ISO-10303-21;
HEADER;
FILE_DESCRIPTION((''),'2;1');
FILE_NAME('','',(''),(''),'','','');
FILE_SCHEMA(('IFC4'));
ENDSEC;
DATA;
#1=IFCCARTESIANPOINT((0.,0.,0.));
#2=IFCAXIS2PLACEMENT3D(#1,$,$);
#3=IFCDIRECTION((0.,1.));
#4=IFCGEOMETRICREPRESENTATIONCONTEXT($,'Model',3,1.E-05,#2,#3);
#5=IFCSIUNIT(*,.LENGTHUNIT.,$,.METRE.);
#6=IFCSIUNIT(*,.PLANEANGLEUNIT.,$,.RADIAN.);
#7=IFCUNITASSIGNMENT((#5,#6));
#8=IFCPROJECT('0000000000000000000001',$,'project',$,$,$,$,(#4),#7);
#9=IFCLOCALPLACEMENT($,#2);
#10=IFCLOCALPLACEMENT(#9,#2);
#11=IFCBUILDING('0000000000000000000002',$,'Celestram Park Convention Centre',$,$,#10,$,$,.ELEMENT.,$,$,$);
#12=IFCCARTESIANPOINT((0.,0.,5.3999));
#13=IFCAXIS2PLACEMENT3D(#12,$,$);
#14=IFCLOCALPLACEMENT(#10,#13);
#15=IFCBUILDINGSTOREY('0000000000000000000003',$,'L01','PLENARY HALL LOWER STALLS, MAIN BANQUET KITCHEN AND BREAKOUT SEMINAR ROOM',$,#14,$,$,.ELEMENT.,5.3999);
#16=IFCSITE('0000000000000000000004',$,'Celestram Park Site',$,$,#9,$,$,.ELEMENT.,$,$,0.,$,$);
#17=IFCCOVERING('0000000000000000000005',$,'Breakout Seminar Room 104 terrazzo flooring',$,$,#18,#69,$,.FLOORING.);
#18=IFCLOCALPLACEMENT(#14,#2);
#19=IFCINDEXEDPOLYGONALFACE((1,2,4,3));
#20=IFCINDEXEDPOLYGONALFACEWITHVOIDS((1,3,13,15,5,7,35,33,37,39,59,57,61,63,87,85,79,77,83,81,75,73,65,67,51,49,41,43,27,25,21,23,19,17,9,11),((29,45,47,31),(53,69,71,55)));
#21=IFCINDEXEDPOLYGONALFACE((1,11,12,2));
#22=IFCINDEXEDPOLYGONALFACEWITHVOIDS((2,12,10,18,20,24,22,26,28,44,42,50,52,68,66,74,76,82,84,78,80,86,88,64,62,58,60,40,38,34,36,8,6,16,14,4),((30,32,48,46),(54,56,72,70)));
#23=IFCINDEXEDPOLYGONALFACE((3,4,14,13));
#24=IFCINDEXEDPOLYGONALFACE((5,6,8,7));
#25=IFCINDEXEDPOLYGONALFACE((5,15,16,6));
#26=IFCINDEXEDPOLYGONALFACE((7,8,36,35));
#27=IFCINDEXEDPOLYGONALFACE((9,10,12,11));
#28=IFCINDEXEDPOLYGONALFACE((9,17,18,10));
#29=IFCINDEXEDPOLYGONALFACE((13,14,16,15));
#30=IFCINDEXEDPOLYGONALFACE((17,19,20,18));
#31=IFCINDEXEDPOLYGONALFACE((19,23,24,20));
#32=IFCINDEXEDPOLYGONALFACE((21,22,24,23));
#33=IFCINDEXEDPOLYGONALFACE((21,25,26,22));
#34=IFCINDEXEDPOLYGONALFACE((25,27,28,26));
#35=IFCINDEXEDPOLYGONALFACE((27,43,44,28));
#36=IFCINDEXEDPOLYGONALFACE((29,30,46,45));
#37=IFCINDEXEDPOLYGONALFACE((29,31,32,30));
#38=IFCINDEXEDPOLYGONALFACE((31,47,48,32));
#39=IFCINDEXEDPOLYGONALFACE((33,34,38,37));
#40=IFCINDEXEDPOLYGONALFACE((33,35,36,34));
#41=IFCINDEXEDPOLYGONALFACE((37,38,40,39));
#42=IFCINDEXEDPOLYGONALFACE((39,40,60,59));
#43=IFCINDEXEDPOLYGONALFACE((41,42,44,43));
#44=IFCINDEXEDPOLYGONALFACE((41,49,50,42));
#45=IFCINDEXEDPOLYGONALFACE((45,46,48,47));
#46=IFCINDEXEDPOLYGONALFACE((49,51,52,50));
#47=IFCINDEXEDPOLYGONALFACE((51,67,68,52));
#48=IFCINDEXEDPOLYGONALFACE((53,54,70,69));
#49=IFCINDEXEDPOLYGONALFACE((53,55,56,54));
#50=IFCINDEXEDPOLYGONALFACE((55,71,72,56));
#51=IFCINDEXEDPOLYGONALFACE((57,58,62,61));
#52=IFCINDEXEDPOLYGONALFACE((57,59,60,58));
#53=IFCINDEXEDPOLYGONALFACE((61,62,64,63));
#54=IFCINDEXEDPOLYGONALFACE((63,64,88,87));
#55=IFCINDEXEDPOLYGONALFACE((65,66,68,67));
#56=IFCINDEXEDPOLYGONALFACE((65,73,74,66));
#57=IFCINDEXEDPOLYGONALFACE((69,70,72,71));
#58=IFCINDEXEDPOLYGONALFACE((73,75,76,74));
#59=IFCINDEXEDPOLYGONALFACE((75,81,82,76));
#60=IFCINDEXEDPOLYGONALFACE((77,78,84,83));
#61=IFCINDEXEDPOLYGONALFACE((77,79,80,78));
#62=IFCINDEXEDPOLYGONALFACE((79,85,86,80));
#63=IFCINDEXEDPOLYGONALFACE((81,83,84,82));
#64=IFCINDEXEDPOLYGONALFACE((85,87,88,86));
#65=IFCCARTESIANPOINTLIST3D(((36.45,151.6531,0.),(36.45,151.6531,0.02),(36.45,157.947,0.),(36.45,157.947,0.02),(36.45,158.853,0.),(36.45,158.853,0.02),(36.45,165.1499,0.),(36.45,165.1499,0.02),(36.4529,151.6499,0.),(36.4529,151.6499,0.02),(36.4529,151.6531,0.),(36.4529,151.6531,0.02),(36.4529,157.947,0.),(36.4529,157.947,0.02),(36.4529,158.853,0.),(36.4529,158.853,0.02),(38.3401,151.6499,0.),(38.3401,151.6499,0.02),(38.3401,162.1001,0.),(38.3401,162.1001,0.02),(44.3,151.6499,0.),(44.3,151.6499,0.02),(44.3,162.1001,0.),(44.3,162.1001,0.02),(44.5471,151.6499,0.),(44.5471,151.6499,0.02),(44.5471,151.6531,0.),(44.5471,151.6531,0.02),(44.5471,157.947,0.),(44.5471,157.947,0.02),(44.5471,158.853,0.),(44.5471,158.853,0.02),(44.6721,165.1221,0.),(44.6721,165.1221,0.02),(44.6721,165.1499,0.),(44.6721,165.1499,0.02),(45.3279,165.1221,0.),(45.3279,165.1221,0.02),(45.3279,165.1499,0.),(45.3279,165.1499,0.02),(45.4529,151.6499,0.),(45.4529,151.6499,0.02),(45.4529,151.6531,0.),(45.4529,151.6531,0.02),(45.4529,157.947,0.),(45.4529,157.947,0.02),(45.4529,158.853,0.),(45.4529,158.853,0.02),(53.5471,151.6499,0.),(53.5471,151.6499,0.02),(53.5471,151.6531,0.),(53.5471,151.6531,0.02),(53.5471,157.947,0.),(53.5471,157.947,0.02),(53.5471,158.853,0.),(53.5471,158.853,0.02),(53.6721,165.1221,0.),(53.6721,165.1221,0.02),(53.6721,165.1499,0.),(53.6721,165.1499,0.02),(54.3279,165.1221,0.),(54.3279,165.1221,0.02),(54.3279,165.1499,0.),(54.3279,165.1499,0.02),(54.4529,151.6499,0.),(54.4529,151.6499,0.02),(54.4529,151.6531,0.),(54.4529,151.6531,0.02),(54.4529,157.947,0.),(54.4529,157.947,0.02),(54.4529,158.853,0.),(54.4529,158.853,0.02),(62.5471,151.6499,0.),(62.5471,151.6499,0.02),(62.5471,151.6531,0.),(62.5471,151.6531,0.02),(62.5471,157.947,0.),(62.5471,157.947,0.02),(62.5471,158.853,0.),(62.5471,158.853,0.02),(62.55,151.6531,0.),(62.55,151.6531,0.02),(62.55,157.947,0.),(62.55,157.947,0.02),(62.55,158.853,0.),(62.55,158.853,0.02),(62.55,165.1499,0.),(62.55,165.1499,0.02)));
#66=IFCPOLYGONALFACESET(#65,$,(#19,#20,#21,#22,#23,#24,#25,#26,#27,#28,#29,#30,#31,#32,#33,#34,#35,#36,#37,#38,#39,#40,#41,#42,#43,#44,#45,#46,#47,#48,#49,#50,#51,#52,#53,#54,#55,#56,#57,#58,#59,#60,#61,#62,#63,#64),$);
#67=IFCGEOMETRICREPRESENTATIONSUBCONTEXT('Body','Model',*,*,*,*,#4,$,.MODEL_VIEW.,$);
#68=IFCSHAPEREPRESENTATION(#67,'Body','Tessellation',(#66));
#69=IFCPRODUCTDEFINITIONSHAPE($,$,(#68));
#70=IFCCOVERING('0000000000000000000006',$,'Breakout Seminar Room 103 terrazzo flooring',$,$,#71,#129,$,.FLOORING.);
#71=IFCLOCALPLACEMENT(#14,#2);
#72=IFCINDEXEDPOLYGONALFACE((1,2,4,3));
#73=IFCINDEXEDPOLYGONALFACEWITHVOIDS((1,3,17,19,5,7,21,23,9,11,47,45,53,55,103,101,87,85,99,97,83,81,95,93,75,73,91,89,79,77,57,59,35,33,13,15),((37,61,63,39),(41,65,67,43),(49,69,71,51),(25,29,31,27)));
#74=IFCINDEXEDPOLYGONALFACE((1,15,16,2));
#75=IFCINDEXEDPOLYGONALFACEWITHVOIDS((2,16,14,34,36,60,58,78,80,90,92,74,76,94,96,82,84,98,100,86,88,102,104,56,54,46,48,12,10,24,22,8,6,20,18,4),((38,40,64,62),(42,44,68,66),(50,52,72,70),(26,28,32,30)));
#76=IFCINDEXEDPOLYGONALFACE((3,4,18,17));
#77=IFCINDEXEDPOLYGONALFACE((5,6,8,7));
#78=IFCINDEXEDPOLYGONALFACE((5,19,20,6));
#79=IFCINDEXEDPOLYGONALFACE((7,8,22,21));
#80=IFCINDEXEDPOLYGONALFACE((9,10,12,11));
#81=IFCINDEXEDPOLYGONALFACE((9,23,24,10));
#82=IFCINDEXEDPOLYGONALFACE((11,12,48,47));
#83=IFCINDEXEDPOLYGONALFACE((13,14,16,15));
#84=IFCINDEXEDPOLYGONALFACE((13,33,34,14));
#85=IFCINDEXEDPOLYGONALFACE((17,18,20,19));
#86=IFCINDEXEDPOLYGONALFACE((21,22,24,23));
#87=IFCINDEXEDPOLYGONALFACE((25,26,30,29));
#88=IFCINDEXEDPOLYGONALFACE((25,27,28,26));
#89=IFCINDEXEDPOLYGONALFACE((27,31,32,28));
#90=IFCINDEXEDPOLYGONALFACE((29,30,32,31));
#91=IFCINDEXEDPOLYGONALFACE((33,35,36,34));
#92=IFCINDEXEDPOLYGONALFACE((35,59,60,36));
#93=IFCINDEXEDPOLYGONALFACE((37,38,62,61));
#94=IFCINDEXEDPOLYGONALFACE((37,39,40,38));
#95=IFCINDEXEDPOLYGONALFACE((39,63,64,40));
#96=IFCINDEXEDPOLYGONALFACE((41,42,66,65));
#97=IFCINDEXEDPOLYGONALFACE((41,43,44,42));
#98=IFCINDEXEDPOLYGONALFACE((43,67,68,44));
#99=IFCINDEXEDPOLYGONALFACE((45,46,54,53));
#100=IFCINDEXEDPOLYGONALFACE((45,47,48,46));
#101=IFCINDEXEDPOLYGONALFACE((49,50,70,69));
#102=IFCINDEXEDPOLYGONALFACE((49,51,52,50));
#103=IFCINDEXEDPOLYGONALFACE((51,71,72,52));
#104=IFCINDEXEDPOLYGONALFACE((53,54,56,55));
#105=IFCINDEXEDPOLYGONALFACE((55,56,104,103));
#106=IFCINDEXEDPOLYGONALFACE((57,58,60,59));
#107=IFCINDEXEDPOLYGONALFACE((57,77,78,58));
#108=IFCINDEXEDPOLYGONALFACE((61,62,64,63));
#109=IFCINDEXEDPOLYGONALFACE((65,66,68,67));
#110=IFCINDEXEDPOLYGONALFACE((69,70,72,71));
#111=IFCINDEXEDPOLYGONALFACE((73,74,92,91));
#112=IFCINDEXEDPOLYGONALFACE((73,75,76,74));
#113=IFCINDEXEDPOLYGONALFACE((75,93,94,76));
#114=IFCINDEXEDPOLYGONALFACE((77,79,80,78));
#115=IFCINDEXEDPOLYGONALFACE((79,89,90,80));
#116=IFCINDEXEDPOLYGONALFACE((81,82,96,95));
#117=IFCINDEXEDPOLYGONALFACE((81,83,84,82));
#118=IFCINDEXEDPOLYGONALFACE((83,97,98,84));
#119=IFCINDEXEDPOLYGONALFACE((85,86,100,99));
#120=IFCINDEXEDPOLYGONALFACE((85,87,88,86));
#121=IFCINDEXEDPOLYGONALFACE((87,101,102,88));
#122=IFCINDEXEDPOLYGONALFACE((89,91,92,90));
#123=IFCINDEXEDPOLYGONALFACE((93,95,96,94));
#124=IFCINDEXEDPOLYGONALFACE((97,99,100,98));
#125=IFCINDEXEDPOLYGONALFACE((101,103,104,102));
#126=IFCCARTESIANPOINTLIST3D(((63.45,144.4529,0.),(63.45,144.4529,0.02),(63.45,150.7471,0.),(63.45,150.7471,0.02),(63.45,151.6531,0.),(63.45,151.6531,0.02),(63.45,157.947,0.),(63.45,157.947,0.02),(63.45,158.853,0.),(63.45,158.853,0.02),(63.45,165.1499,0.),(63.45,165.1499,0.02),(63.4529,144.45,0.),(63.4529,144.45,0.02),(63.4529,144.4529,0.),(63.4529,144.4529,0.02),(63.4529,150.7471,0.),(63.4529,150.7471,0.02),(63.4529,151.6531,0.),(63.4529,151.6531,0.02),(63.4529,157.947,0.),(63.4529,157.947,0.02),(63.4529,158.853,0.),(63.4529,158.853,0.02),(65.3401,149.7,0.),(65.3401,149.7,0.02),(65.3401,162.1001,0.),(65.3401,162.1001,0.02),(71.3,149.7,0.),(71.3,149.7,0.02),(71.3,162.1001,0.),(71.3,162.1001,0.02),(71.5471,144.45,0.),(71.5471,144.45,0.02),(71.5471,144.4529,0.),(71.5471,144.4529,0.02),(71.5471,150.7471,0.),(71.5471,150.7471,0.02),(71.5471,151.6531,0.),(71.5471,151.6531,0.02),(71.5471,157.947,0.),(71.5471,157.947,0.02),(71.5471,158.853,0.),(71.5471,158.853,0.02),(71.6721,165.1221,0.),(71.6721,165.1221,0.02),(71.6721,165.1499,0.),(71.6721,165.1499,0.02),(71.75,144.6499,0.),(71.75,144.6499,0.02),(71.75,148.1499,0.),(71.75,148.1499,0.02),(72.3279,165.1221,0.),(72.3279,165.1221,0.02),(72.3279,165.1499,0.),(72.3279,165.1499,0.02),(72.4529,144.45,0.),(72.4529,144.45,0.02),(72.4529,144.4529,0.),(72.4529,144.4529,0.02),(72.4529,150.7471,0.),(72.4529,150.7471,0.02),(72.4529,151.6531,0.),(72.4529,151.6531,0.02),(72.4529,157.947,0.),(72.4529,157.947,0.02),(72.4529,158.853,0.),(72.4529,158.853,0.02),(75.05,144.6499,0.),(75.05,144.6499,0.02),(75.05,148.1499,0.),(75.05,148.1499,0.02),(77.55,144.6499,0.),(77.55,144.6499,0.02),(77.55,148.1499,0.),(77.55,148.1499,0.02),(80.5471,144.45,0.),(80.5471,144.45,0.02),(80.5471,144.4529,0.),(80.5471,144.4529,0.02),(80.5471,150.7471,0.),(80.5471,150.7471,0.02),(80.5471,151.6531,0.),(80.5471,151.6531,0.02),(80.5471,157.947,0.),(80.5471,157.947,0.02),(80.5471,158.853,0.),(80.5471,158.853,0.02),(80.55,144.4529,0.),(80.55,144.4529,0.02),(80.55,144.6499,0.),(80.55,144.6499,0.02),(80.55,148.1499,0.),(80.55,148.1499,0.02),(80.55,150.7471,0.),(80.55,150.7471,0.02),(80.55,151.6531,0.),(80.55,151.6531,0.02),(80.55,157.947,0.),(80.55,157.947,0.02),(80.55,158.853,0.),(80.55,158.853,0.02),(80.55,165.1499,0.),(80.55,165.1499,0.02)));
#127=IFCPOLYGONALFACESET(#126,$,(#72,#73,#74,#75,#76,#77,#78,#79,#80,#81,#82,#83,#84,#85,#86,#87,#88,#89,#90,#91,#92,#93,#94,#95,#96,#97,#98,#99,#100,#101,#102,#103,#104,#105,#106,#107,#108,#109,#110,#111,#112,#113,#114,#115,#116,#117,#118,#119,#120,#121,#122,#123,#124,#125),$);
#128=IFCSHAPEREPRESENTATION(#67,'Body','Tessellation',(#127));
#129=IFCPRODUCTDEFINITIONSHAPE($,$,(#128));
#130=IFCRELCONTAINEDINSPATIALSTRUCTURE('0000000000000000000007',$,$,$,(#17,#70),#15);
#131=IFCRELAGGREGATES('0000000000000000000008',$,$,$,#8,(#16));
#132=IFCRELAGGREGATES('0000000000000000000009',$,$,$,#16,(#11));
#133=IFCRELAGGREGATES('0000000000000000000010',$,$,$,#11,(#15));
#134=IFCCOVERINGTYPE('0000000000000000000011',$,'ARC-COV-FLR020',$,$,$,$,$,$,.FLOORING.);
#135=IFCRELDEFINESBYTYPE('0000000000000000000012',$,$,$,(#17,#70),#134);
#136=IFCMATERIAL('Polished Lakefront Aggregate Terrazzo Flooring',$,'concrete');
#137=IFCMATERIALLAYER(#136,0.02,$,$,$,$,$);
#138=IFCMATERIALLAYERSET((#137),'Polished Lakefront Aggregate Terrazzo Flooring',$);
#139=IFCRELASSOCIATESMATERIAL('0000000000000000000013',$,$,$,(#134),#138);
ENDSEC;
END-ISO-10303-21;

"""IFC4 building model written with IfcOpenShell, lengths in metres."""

from ifc_helpers import new_model, si_unit, direction, frame, origin, place, context, subcontext, project, spatial, polyline, outline, extrude, material, layer, layer_set, type_object, element, save


model = new_model("IFC4")

# Units and contexts
model_context = context("Model", 3, precision=1e-05, world=origin(), true_north=direction((0.0, 1.0)))
body_context = subcontext(model_context, "Body", "Model", "MODEL_VIEW")
ifc_project = project(units=[si_unit("LENGTHUNIT", "METRE"), si_unit("PLANEANGLEUNIT", "RADIAN")], contexts=[model_context])

# Site, building, storey
site_placement = place(None, origin())
site = spatial("IfcSite", under=ifc_project, at=site_placement, Name="Celestram Park Site", CompositionType="ELEMENT", RefElevation=0.0)
building_placement = place(site_placement, origin())
building = spatial("IfcBuilding", under=site, at=building_placement, Name="Celestram Park Convention Centre", CompositionType="ELEMENT")
storey_placement = place(building_placement, frame((0.0, 0.0, 5.3999)))
storey = spatial("IfcBuildingStorey", under=building, at=storey_placement, Name="L01", Description="PLENARY HALL LOWER STALLS, MAIN BANQUET KITCHEN AND BREAKOUT SEMINAR ROOM", CompositionType="ELEMENT", Elevation=5.3999)

# Coverings
ifc_material_1 = material(Name="Polished Lakefront Aggregate Terrazzo Flooring", Category="concrete")
ifc_layer_1 = layer(ifc_material_1, 0.02)
ifc_layer_set_1 = layer_set([ifc_layer_1], Name="Polished Lakefront Aggregate Terrazzo Flooring")
covering_type_1 = type_object("IfcCoveringType", Name="ARC-COV-FLR020", PredefinedType="FLOORING", material=ifc_layer_set_1)
covering_1_placement = place(storey_placement, origin())
element("IfcCovering", 1, at=covering_1_placement, inside=storey, type_object=covering_type_1, Name="Breakout Seminar Room 104 terrazzo flooring", PredefinedType="FLOORING", context=body_context, shape_type="SweptSolid", body=[
    extrude(outline(polyline([(44.6721, 165.1499), (44.6721, 165.1221), (45.3279, 165.1221), (45.3279, 165.1499), (53.6721, 165.1499), (53.6721, 165.1221), (54.3279, 165.1221), (54.3279, 165.1499), (62.55, 165.1499), (62.55, 158.853), (62.5471, 158.853), (62.5471, 157.947), (62.55, 157.947), (62.55, 151.6531), (62.5471, 151.6531), (62.5471, 151.6499), (54.4529, 151.6499), (54.4529, 151.6531), (53.5471, 151.6531), (53.5471, 151.6499), (45.4529, 151.6499), (45.4529, 151.6531), (44.5471, 151.6531), (44.5471, 151.6499), (44.3, 151.6499), (44.3, 162.1001), (38.3401, 162.1001), (38.3401, 151.6499), (36.4529, 151.6499), (36.4529, 151.6531), (36.45, 151.6531), (36.45, 157.947), (36.4529, 157.947), (36.4529, 158.853), (36.45, 158.853), (36.45, 165.1499), (44.6721, 165.1499)]), holes=[polyline([(45.4529, 158.853), (44.5471, 158.853), (44.5471, 157.947), (45.4529, 157.947), (45.4529, 158.853)]), polyline([(54.4529, 158.853), (53.5471, 158.853), (53.5471, 157.947), (54.4529, 157.947), (54.4529, 158.853)])]), origin(), (0.0, 0.0, 1.0), 0.02),
])
covering_2_placement = place(storey_placement, origin())
element("IfcCovering", 2, at=covering_2_placement, inside=storey, type_object=covering_type_1, Name="Breakout Seminar Room 103 terrazzo flooring", PredefinedType="FLOORING", context=body_context, shape_type="SweptSolid", body=[
    extrude(outline(polyline([(63.45, 150.7471), (63.4529, 150.7471), (63.4529, 151.6531), (63.45, 151.6531), (63.45, 157.947), (63.4529, 157.947), (63.4529, 158.853), (63.45, 158.853), (63.45, 165.1499), (71.6721, 165.1499), (71.6721, 165.1221), (72.3279, 165.1221), (72.3279, 165.1499), (80.55, 165.1499), (80.55, 158.853), (80.5471, 158.853), (80.5471, 157.947), (80.55, 157.947), (80.55, 151.6531), (80.5471, 151.6531), (80.5471, 150.7471), (80.55, 150.7471), (80.55, 148.1499), (77.55, 148.1499), (77.55, 144.6499), (80.55, 144.6499), (80.55, 144.4529), (80.5471, 144.4529), (80.5471, 144.45), (72.4529, 144.45), (72.4529, 144.4529), (71.5471, 144.4529), (71.5471, 144.45), (63.4529, 144.45), (63.4529, 144.4529), (63.45, 144.4529), (63.45, 150.7471)]), holes=[polyline([(75.05, 144.6499), (75.05, 148.1499), (71.75, 148.1499), (71.75, 144.6499), (75.05, 144.6499)]), polyline([(71.3, 149.7), (71.3, 162.1001), (65.3401, 162.1001), (65.3401, 149.7), (71.3, 149.7)]), polyline([(72.4529, 151.6531), (71.5471, 151.6531), (71.5471, 150.7471), (72.4529, 150.7471), (72.4529, 151.6531)]), polyline([(72.4529, 157.947), (72.4529, 158.853), (71.5471, 158.853), (71.5471, 157.947), (72.4529, 157.947)])]), origin(), (0.0, 0.0, 1.0), 0.02),
])

save(model, "model.ifc")
